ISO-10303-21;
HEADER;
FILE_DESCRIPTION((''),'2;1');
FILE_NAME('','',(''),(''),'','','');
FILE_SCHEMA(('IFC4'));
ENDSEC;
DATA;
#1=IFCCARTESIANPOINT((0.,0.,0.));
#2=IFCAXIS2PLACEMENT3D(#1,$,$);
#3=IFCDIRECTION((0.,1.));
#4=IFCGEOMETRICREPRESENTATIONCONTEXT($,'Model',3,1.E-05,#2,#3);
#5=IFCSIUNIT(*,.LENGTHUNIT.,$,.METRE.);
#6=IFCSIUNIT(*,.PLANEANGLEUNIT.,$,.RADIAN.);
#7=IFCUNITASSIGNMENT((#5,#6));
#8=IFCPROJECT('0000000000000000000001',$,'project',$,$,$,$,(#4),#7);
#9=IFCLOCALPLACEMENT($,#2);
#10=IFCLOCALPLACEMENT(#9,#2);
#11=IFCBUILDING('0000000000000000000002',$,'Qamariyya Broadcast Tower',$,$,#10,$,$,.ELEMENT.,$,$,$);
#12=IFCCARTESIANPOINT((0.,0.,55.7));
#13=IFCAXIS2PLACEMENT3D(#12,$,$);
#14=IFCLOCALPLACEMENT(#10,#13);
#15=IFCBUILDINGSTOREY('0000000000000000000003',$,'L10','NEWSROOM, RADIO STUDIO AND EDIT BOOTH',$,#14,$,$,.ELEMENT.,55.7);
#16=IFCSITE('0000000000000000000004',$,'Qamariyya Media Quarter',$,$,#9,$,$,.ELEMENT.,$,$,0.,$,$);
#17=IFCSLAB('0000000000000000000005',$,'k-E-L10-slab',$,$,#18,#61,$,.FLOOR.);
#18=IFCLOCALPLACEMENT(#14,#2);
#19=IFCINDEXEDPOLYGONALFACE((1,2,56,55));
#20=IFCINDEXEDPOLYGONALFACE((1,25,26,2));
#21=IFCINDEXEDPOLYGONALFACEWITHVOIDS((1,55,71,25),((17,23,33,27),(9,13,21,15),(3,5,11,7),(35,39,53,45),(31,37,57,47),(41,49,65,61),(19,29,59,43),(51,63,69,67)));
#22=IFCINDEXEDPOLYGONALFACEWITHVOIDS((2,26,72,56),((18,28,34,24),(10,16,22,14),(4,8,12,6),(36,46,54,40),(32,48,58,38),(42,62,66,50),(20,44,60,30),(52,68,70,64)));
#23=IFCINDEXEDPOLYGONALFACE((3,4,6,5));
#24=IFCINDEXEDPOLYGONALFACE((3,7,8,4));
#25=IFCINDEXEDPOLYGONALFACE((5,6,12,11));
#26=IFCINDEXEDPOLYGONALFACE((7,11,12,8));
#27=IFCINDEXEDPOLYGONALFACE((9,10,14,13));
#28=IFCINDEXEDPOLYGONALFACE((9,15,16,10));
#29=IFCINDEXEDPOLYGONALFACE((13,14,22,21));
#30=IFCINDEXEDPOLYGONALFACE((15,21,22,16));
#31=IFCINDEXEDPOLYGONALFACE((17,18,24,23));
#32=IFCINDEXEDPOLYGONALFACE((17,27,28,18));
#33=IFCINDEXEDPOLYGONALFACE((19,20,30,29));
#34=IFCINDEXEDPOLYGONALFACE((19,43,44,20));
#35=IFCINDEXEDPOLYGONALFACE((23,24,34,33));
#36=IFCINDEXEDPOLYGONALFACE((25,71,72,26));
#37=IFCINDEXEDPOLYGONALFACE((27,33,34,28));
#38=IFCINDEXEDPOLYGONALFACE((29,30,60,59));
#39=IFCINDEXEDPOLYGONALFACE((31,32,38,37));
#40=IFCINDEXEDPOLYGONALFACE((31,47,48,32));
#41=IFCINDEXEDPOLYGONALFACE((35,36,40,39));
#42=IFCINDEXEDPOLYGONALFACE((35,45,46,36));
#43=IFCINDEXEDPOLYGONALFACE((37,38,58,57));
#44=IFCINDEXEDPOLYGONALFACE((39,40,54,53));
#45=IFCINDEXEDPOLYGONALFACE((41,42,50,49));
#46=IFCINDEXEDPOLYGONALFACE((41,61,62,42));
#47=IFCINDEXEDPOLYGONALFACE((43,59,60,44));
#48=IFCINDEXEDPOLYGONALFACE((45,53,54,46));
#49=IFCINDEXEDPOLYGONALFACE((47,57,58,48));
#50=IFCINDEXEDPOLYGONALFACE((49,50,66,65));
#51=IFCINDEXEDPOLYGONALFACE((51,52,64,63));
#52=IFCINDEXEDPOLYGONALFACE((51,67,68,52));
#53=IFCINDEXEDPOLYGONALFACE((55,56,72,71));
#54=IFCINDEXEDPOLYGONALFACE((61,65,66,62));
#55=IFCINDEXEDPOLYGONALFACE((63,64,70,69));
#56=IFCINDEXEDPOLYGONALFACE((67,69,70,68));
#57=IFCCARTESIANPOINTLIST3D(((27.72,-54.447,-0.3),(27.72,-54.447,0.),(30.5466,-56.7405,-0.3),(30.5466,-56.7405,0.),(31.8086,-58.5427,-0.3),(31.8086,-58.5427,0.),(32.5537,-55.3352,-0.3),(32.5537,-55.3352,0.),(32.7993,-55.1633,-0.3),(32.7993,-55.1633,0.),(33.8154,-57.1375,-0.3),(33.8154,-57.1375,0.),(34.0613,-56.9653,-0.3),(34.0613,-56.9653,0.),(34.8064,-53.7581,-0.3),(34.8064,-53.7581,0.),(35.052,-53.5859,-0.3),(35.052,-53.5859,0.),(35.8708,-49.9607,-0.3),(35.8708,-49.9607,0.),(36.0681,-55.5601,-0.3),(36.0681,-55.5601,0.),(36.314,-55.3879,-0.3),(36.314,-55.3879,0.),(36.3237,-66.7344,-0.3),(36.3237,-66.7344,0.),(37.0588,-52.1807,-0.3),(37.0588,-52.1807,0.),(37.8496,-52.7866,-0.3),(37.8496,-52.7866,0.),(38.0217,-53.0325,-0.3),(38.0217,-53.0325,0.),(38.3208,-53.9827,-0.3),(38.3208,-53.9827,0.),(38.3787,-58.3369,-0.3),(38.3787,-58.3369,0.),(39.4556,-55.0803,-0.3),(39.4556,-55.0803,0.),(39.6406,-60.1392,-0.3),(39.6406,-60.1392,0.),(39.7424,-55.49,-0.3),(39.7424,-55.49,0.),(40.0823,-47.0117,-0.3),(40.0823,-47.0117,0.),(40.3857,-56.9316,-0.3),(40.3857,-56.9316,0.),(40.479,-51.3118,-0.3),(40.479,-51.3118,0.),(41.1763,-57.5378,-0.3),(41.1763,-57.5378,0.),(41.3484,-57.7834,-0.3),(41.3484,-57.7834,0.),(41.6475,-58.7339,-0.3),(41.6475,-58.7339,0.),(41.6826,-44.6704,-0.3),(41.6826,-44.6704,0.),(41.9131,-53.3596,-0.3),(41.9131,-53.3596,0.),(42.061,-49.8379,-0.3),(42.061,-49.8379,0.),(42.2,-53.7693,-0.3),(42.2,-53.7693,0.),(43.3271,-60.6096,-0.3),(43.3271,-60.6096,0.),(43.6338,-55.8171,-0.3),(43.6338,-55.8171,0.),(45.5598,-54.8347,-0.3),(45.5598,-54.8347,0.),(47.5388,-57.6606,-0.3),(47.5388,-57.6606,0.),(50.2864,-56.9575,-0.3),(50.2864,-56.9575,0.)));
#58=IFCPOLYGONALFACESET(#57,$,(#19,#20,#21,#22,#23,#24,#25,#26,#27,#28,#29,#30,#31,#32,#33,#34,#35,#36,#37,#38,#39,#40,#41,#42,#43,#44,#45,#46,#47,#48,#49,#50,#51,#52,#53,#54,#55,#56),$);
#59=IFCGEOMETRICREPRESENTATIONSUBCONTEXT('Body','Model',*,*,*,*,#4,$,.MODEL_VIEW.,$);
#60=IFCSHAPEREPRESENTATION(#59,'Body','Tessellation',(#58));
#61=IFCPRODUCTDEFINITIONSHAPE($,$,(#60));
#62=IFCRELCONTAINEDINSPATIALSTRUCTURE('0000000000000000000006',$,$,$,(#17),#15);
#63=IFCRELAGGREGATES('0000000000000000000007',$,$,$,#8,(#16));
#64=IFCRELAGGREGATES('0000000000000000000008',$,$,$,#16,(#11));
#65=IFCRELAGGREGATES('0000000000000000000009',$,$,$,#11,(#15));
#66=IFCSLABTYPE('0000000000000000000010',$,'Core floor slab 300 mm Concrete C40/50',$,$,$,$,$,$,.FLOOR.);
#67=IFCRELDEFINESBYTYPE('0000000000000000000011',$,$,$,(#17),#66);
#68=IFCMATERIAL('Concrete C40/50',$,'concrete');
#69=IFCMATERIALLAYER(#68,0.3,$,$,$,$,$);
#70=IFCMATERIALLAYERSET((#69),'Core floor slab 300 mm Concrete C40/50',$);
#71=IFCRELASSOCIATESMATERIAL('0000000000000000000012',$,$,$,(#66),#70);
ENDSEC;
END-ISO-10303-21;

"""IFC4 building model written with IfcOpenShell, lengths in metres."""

from ifc_helpers import new_model, si_unit, direction, frame, origin, place, context, subcontext, project, spatial, polyline, outline, extrude, material, layer, layer_set, type_object, element, save


model = new_model("IFC4")

# Units and contexts
model_context = context("Model", 3, precision=1e-05, world=origin(), true_north=direction((0.0, 1.0)))
body_context = subcontext(model_context, "Body", "Model", "MODEL_VIEW")
ifc_project = project(units=[si_unit("LENGTHUNIT", "METRE"), si_unit("PLANEANGLEUNIT", "RADIAN")], contexts=[model_context])

# Site, building, storey
site_placement = place(None, origin())
building_placement = place(site_placement, origin())
storey_placement = place(building_placement, frame((0.0, 0.0, 55.7)))
site = spatial("IfcSite", under=ifc_project, at=site_placement, Name="Qamariyya Media Quarter", CompositionType="ELEMENT", RefElevation=0.0)
building = spatial("IfcBuilding", under=site, at=building_placement, Name="Qamariyya Broadcast Tower", CompositionType="ELEMENT")
storey = spatial("IfcBuildingStorey", under=building, at=storey_placement, Name="L10", Description="NEWSROOM, RADIO STUDIO AND EDIT BOOTH", CompositionType="ELEMENT", Elevation=55.7)

# Slab
ifc_material_1 = material(Name="Concrete C40/50", Category="concrete")
ifc_layer = layer(ifc_material_1, 0.3)
ifc_layer_set = layer_set([ifc_layer], Name="Core floor slab 300 mm Concrete C40/50")
slab_type = type_object("IfcSlabType", Name="Core floor slab 300 mm Concrete C40/50", PredefinedType="FLOOR", material=ifc_layer_set)
slab_placement = place(storey_placement, frame((0.0, 0.0, -0.3)))
element("IfcSlab", 1, at=slab_placement, inside=storey, type_object=slab_type, Name="k-E-L10-slab", PredefinedType="FLOOR", context=body_context, shape_type="SweptSolid", body=[
    extrude(outline(polyline([(36.3237, -66.7344), (50.2864, -56.9575), (41.6826, -44.6704), (27.72, -54.447), (36.3237, -66.7344)]), holes=[polyline([(31.8086, -58.5427), (33.8154, -57.1375), (32.5537, -55.3352), (30.5466, -56.7405), (31.8086, -58.5427)]), polyline([(34.0613, -56.9653), (36.0681, -55.5601), (34.8064, -53.7581), (32.7993, -55.1633), (34.0613, -56.9653)]), polyline([(36.314, -55.3879), (38.3208, -53.9827), (37.0588, -52.1807), (35.052, -53.5859), (36.314, -55.3879)]), polyline([(38.3787, -58.3369), (40.3857, -56.9316), (41.6475, -58.7339), (39.6406, -60.1392), (38.3787, -58.3369)]), polyline([(39.7424, -55.49), (42.2, -53.7693), (43.6338, -55.8171), (41.1763, -57.5378), (39.7424, -55.49)]), polyline([(39.4556, -55.0803), (41.9131, -53.3596), (40.479, -51.3118), (38.0217, -53.0325), (39.4556, -55.0803)]), polyline([(40.0823, -47.0117), (35.8708, -49.9607), (37.8496, -52.7866), (42.061, -49.8379), (40.0823, -47.0117)]), polyline([(45.5598, -54.8347), (41.3484, -57.7834), (43.3271, -60.6096), (47.5388, -57.6606), (45.5598, -54.8347)])]), origin(), (0.0, 0.0, 1.0), 0.3),
])

save(model, "model.ifc")
